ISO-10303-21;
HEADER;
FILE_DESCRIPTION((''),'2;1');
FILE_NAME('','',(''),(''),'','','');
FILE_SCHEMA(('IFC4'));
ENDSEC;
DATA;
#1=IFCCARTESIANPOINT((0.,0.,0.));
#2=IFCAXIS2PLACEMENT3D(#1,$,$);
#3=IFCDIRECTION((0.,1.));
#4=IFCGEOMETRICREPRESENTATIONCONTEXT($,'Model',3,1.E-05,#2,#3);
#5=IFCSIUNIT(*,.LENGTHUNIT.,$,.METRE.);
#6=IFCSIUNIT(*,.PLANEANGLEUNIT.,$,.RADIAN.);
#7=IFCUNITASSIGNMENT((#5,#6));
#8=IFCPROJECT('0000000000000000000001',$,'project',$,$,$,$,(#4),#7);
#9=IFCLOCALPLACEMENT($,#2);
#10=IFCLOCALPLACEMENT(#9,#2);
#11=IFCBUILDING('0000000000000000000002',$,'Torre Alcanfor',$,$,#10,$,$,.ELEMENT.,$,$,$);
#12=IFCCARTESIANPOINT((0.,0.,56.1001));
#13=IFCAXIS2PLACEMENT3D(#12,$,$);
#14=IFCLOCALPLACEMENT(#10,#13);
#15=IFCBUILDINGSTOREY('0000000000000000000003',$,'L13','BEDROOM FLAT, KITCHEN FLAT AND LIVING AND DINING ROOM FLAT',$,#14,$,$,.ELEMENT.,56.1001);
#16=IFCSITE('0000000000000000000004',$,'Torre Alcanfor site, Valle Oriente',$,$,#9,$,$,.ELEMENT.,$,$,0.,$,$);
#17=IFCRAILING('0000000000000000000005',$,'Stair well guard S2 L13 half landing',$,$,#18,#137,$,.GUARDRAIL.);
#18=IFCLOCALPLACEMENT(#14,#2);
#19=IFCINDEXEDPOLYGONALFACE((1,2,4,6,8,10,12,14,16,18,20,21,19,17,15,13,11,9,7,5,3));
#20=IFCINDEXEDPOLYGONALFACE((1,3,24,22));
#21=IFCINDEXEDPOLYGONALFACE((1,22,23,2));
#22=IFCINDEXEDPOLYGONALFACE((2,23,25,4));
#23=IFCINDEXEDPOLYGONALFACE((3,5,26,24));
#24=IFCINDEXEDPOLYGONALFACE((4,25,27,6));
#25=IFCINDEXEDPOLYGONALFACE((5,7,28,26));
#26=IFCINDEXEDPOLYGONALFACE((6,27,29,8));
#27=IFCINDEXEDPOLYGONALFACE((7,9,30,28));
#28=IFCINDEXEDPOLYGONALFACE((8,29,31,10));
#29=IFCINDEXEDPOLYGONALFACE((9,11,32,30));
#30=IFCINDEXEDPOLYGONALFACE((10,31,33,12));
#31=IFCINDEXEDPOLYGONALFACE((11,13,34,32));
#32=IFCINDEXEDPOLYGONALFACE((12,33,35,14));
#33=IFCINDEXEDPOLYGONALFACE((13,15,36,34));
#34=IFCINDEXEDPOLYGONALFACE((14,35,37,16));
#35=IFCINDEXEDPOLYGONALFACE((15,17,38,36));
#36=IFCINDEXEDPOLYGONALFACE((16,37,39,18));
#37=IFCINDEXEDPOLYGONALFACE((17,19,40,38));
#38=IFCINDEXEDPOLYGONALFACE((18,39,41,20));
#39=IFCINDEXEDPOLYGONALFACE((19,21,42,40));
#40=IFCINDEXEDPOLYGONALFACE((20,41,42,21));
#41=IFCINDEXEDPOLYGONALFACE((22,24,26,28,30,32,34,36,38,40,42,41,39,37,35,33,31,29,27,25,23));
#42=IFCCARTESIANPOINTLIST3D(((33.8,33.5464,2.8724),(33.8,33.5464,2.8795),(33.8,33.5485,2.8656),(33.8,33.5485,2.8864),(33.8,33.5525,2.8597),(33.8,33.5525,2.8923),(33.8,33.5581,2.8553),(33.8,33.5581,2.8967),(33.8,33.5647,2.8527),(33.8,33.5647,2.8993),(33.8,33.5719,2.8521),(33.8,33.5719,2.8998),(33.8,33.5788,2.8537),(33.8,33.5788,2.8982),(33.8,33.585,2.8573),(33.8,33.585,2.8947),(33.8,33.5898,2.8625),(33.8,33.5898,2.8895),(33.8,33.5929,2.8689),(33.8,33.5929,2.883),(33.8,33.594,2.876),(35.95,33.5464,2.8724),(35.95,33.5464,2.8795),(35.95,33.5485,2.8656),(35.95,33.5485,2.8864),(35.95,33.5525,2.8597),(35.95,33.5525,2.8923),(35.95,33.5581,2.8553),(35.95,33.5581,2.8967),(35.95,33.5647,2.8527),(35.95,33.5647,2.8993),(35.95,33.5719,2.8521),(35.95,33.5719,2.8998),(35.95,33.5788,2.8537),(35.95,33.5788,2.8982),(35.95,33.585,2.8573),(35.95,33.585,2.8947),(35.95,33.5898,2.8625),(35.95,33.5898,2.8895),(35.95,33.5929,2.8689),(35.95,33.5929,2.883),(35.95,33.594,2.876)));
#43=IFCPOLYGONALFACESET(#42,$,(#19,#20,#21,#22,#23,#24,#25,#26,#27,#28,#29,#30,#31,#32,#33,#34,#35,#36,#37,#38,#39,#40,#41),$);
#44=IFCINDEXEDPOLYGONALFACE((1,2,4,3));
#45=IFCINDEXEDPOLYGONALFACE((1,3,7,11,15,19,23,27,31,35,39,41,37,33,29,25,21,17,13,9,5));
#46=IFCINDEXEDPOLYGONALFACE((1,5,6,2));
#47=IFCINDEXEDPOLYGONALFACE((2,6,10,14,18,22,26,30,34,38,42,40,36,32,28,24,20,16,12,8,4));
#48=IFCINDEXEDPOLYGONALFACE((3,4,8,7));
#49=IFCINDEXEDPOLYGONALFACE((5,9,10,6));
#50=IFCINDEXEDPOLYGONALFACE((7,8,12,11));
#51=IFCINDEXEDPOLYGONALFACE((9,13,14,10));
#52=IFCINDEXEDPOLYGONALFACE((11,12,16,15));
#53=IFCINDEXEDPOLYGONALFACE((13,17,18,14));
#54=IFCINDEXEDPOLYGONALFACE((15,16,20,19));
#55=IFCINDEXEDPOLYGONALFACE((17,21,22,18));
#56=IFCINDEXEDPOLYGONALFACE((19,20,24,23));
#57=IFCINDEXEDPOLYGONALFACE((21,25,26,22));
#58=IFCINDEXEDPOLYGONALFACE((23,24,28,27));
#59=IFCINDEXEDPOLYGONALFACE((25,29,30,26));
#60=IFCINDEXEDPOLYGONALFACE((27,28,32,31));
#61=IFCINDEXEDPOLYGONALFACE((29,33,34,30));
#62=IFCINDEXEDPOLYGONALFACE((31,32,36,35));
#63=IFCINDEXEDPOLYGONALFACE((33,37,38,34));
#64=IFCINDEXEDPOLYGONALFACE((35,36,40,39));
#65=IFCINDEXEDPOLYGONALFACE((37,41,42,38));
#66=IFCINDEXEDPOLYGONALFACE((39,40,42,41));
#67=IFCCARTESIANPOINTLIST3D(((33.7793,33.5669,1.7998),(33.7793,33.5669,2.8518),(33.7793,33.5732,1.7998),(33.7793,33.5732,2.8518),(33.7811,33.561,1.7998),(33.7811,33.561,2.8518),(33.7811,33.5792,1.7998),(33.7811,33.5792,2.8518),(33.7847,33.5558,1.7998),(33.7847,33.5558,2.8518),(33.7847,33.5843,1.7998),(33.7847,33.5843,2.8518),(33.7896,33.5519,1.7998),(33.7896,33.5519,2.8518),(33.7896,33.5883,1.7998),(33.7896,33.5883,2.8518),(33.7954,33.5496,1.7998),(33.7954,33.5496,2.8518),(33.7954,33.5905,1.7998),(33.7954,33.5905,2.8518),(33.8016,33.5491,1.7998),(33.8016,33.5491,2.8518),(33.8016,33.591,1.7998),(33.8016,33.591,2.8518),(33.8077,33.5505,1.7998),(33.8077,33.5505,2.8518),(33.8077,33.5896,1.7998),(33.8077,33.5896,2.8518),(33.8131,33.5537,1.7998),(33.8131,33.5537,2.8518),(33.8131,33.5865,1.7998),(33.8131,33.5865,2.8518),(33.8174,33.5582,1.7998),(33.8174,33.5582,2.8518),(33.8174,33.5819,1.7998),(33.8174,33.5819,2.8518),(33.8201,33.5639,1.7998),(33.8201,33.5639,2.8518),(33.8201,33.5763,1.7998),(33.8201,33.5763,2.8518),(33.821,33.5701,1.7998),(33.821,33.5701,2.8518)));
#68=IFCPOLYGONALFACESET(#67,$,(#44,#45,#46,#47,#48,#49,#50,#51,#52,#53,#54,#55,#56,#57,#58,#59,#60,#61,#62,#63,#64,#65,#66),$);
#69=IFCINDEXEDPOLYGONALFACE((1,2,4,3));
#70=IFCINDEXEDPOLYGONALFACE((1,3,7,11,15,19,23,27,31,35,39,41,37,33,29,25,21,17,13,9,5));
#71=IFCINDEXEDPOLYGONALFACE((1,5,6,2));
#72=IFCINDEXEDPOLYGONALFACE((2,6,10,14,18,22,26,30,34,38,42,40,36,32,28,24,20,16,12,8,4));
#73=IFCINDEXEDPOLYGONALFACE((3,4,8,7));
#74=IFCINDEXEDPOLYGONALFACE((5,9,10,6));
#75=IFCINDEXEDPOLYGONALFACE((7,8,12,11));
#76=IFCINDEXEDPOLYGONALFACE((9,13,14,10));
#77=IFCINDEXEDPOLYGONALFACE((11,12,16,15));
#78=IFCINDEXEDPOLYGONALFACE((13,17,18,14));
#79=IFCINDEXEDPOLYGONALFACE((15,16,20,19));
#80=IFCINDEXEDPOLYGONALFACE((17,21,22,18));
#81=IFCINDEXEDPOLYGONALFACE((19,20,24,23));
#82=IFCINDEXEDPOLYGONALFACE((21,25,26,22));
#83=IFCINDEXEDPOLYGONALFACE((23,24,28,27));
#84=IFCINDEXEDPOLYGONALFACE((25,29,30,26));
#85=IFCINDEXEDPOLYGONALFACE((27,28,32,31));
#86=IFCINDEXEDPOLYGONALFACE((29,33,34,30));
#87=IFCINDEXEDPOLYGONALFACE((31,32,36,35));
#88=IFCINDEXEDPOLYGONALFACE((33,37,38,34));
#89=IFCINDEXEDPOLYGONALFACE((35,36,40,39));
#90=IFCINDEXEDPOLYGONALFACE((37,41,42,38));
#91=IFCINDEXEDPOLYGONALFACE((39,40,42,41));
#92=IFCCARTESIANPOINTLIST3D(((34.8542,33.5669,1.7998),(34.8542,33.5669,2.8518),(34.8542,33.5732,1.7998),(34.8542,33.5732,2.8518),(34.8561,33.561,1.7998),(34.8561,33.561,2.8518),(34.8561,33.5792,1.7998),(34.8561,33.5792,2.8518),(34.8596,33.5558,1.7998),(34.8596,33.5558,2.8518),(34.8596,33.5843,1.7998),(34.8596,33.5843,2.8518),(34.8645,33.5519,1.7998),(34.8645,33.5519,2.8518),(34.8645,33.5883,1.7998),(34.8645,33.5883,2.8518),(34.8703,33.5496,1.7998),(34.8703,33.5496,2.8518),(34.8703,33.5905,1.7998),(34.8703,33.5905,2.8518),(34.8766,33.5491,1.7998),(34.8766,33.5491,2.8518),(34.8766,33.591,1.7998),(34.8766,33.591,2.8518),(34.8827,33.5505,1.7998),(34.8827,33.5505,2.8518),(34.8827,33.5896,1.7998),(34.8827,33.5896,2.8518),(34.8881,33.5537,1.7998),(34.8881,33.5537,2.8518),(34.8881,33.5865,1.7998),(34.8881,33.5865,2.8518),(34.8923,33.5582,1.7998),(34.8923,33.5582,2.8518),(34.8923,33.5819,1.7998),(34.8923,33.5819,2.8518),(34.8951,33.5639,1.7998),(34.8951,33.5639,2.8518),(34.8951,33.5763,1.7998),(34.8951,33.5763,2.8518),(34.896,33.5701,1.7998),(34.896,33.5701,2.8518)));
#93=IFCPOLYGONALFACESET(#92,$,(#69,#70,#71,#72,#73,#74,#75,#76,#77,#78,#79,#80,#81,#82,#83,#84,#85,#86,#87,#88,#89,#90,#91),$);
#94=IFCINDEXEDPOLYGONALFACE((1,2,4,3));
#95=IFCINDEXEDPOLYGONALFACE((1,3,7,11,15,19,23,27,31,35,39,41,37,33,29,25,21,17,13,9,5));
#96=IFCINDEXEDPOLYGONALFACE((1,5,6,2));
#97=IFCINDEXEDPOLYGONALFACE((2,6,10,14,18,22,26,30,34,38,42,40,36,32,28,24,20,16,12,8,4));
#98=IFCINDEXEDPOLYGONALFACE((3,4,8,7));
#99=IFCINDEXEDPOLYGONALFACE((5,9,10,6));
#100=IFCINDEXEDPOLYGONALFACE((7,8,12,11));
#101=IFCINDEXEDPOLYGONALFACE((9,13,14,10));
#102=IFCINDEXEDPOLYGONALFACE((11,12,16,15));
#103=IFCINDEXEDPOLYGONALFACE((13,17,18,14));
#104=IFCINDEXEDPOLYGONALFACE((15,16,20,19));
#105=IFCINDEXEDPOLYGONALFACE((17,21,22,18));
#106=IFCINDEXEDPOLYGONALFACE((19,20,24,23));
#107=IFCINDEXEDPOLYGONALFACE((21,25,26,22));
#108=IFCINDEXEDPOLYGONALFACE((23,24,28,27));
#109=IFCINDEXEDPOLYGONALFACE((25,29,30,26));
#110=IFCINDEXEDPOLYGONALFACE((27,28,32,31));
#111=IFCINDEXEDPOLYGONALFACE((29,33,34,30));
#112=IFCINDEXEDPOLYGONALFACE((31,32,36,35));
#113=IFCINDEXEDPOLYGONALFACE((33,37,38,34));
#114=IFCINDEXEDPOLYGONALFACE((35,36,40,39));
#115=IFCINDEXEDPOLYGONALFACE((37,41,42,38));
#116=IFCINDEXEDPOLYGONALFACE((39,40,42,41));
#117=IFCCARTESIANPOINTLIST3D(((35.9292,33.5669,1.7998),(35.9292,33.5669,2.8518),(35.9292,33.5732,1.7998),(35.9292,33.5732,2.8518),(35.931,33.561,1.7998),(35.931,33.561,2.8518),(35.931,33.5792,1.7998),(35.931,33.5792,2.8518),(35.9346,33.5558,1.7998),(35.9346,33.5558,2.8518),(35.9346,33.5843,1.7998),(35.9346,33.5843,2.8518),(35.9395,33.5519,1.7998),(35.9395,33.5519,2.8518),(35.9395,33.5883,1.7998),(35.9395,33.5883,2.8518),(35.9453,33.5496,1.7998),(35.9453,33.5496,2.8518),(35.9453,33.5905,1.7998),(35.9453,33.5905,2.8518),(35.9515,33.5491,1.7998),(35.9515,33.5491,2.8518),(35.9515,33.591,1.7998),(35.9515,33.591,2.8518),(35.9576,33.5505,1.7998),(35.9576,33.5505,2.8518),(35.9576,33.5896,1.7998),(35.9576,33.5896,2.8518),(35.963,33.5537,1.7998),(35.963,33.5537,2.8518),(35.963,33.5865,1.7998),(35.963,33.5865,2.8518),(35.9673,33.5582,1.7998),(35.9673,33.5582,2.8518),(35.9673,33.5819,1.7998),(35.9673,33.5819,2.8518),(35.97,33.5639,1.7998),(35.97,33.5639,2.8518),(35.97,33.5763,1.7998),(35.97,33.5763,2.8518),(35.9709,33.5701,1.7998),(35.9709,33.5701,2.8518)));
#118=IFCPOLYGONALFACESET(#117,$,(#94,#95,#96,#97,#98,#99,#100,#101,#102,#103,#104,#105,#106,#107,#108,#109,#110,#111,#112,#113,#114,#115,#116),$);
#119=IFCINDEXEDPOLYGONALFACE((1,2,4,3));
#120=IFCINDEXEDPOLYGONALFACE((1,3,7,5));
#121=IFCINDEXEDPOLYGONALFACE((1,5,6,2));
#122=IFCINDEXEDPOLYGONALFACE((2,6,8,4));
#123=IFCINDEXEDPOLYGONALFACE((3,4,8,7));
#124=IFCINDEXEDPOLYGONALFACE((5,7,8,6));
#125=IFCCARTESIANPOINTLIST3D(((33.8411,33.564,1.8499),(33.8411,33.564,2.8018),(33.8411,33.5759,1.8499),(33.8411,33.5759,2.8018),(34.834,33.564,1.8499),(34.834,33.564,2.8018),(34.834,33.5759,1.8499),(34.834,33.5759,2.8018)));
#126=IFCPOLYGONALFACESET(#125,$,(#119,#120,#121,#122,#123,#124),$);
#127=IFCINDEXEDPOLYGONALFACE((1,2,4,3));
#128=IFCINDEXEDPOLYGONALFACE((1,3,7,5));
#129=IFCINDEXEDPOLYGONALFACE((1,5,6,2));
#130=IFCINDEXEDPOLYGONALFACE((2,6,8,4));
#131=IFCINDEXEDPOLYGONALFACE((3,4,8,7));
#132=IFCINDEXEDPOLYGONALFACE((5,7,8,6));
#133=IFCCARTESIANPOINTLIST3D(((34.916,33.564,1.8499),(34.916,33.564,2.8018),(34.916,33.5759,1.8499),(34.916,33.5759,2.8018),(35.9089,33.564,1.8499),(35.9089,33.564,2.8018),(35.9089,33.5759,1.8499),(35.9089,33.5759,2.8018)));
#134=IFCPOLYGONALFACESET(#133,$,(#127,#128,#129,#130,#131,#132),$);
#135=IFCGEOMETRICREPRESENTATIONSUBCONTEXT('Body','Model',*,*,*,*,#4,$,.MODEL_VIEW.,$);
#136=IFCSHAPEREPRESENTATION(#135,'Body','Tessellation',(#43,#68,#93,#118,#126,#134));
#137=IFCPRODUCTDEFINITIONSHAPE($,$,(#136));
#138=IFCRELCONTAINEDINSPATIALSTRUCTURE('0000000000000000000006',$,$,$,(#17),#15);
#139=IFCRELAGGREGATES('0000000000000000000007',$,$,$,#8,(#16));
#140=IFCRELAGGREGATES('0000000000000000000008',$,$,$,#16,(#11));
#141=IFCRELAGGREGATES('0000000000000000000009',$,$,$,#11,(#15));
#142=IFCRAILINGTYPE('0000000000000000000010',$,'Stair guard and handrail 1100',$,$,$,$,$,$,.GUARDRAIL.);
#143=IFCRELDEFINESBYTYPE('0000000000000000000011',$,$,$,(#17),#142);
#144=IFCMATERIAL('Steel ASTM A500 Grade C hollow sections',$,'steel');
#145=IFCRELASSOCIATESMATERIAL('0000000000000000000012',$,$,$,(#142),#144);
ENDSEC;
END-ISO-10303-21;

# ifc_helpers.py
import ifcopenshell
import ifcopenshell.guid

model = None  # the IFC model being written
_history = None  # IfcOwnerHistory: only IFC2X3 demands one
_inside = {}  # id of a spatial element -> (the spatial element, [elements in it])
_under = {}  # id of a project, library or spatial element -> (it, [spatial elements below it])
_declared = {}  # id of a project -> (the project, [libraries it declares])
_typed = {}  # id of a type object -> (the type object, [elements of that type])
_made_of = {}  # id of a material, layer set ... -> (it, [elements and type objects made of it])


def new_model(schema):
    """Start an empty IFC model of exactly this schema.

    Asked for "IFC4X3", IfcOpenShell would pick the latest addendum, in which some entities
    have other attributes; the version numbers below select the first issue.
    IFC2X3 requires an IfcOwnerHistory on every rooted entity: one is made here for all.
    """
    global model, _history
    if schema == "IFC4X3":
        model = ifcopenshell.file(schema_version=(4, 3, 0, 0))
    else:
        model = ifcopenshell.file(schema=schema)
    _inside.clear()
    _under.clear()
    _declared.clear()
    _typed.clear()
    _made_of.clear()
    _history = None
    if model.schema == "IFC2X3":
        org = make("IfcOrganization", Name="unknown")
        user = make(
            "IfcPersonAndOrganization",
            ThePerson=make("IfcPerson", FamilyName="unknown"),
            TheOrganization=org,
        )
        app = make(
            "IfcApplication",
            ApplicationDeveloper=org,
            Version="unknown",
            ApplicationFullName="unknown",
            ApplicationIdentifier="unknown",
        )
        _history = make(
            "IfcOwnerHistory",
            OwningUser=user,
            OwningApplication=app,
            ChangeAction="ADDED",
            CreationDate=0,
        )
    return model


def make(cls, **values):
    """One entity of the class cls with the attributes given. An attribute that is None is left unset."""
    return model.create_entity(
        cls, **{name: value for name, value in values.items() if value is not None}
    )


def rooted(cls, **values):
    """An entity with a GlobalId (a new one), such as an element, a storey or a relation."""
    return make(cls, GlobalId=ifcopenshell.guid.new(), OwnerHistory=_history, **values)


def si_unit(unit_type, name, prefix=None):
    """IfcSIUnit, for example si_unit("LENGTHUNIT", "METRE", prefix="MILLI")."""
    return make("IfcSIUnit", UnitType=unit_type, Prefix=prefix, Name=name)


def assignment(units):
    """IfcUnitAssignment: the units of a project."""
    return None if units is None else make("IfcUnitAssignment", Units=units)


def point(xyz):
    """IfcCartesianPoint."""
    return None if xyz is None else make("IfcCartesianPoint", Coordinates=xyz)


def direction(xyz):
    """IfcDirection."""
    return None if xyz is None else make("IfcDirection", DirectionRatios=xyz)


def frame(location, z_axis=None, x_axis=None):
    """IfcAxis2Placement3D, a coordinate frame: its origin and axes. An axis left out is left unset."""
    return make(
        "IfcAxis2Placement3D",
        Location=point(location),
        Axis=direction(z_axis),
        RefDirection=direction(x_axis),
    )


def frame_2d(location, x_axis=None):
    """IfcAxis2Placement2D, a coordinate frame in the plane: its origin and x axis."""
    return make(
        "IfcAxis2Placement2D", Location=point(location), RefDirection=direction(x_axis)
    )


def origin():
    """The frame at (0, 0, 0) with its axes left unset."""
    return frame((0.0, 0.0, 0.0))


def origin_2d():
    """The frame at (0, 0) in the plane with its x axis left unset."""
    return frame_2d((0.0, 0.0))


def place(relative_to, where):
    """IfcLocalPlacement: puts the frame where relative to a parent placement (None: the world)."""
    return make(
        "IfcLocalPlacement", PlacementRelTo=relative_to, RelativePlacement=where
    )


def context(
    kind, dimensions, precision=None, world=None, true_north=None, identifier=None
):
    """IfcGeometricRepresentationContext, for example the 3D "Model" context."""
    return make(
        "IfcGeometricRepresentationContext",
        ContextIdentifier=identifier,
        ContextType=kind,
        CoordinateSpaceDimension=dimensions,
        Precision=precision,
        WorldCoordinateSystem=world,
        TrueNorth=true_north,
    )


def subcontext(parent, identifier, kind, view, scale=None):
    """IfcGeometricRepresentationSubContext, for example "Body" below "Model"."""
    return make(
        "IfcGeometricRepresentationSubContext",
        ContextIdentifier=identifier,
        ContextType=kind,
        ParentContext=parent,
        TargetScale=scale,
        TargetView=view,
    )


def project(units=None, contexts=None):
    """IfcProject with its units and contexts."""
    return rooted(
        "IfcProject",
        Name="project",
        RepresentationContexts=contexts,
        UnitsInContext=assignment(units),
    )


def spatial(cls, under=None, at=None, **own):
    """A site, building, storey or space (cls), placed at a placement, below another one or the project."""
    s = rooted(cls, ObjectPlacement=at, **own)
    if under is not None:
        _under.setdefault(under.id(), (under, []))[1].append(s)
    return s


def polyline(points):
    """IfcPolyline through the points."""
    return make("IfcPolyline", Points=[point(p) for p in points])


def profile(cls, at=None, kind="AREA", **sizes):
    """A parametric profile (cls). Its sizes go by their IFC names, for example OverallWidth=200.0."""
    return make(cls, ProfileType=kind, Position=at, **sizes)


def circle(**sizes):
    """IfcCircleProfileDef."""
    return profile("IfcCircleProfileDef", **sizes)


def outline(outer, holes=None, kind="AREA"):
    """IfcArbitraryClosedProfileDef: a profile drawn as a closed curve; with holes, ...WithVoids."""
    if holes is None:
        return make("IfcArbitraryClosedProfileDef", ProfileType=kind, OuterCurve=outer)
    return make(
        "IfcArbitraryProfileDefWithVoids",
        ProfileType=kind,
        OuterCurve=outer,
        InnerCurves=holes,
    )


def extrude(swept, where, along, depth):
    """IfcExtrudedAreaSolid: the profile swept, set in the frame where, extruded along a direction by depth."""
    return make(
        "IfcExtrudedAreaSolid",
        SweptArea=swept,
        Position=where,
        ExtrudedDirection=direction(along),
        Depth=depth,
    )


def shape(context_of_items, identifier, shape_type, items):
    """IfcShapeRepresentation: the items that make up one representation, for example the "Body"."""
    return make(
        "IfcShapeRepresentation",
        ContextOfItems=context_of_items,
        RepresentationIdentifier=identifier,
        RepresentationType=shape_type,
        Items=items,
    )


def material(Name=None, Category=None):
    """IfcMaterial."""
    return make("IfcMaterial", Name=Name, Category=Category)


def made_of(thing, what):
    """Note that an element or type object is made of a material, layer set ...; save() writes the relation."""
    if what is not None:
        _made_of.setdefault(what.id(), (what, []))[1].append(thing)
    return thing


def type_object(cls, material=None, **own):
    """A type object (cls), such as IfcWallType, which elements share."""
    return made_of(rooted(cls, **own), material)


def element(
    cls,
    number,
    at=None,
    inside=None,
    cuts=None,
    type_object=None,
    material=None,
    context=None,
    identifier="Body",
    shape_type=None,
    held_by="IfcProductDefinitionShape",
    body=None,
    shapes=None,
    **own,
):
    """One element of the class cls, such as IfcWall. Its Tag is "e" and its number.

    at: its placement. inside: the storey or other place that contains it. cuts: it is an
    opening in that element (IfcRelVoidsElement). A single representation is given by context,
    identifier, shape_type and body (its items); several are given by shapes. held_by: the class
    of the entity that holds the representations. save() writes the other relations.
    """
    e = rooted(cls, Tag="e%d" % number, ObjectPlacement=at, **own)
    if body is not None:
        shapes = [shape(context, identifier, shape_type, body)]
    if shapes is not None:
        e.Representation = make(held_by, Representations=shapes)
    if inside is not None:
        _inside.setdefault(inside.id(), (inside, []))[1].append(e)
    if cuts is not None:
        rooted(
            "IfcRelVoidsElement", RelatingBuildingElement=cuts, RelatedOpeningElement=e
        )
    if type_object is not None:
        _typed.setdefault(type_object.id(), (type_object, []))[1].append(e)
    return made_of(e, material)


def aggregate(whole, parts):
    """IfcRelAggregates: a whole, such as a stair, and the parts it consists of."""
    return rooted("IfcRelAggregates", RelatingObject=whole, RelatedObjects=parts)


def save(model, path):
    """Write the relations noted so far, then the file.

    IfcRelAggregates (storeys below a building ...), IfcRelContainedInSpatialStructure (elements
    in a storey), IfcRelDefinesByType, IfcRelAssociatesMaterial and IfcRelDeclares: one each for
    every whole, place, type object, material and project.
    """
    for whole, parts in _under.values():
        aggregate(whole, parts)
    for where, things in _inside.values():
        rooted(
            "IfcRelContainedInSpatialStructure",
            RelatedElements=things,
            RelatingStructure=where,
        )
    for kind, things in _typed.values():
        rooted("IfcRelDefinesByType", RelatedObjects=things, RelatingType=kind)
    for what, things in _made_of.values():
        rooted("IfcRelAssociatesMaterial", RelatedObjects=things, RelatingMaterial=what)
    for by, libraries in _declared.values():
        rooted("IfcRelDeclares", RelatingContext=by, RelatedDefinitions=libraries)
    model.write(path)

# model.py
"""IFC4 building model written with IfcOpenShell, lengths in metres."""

from ifc_helpers import new_model, si_unit, direction, frame, origin, origin_2d, place, context, subcontext, project, spatial, polyline, circle, outline, extrude, material, type_object, element, save


model = new_model("IFC4")

# Units and contexts
model_context = context("Model", 3, precision=1e-05, world=origin(), true_north=direction((0.0, 1.0)))
body_context = subcontext(model_context, "Body", "Model", "MODEL_VIEW")
ifc_project = project(units=[si_unit("LENGTHUNIT", "METRE"), si_unit("PLANEANGLEUNIT", "RADIAN")], contexts=[model_context])

# Site, building, storey
site_placement = place(None, origin())
site = spatial("IfcSite", under=ifc_project, at=site_placement, Name="Torre Alcanfor site, Valle Oriente", CompositionType="ELEMENT", RefElevation=0.0)
building_placement = place(site_placement, origin())
building = spatial("IfcBuilding", under=site, at=building_placement, Name="Torre Alcanfor", CompositionType="ELEMENT")
storey_placement = place(building_placement, frame((0.0, 0.0, 56.1001)))
storey = spatial("IfcBuildingStorey", under=building, at=storey_placement, Name="L13", Description="BEDROOM FLAT, KITCHEN FLAT AND LIVING AND DINING ROOM FLAT", CompositionType="ELEMENT", Elevation=56.1001)

# Railing
ifc_material_1 = material(Name="Steel ASTM A500 Grade C hollow sections", Category="steel")
railing_type_1 = type_object("IfcRailingType", Name="Stair guard and handrail 1100", PredefinedType="GUARDRAIL", material=ifc_material_1)
for number, where, name in (
    (1, (33.8, 33.5701, 1.7998), "Stair well guard S2 L13 half landing"),
):
    element("IfcRailing", number, at=place(storey_placement, frame(where)), inside=storey, type_object=railing_type_1, Name=name, PredefinedType="GUARDRAIL", context=body_context, shape_type="SweptSolid", body=[
        extrude(circle(Radius=0.0239, at=origin_2d()), frame((0.0, 0.0, 1.0762), z_axis=(1.0, 0.0, 0.0), x_axis=(0.0, 1.0, 0.0)), (0.0, 0.0, 1.0), 2.1499),
        extrude(circle(Radius=0.021, at=origin_2d()), origin(), (0.0, 0.0, 1.0), 1.052),
        extrude(circle(Radius=0.021, at=origin_2d()), frame((1.075, 0.0, 0.0)), (0.0, 0.0, 1.0), 1.052),
        extrude(circle(Radius=0.021, at=origin_2d()), frame((2.1499, 0.0, 0.0)), (0.0, 0.0, 1.0), 1.052),
        extrude(outline(polyline([(0.041, 0.05), (1.0339, 0.05), (1.0339, 1.002), (0.041, 1.002), (0.041, 0.05)])), frame((0.0, 0.0059, 0.0), z_axis=(0.0, -1.0, 0.0), x_axis=(1.0, 0.0, 0.0)), (0.0, 0.0, 1.0), 0.012),
        extrude(outline(polyline([(1.116, 0.05), (2.1089, 0.05), (2.1089, 1.002), (1.116, 1.002), (1.116, 0.05)])), frame((0.0, 0.0059, 0.0), z_axis=(0.0, -1.0, 0.0), x_axis=(1.0, 0.0, 0.0)), (0.0, 0.0, 1.0), 0.012),
    ])

save(model, "model.ifc")
